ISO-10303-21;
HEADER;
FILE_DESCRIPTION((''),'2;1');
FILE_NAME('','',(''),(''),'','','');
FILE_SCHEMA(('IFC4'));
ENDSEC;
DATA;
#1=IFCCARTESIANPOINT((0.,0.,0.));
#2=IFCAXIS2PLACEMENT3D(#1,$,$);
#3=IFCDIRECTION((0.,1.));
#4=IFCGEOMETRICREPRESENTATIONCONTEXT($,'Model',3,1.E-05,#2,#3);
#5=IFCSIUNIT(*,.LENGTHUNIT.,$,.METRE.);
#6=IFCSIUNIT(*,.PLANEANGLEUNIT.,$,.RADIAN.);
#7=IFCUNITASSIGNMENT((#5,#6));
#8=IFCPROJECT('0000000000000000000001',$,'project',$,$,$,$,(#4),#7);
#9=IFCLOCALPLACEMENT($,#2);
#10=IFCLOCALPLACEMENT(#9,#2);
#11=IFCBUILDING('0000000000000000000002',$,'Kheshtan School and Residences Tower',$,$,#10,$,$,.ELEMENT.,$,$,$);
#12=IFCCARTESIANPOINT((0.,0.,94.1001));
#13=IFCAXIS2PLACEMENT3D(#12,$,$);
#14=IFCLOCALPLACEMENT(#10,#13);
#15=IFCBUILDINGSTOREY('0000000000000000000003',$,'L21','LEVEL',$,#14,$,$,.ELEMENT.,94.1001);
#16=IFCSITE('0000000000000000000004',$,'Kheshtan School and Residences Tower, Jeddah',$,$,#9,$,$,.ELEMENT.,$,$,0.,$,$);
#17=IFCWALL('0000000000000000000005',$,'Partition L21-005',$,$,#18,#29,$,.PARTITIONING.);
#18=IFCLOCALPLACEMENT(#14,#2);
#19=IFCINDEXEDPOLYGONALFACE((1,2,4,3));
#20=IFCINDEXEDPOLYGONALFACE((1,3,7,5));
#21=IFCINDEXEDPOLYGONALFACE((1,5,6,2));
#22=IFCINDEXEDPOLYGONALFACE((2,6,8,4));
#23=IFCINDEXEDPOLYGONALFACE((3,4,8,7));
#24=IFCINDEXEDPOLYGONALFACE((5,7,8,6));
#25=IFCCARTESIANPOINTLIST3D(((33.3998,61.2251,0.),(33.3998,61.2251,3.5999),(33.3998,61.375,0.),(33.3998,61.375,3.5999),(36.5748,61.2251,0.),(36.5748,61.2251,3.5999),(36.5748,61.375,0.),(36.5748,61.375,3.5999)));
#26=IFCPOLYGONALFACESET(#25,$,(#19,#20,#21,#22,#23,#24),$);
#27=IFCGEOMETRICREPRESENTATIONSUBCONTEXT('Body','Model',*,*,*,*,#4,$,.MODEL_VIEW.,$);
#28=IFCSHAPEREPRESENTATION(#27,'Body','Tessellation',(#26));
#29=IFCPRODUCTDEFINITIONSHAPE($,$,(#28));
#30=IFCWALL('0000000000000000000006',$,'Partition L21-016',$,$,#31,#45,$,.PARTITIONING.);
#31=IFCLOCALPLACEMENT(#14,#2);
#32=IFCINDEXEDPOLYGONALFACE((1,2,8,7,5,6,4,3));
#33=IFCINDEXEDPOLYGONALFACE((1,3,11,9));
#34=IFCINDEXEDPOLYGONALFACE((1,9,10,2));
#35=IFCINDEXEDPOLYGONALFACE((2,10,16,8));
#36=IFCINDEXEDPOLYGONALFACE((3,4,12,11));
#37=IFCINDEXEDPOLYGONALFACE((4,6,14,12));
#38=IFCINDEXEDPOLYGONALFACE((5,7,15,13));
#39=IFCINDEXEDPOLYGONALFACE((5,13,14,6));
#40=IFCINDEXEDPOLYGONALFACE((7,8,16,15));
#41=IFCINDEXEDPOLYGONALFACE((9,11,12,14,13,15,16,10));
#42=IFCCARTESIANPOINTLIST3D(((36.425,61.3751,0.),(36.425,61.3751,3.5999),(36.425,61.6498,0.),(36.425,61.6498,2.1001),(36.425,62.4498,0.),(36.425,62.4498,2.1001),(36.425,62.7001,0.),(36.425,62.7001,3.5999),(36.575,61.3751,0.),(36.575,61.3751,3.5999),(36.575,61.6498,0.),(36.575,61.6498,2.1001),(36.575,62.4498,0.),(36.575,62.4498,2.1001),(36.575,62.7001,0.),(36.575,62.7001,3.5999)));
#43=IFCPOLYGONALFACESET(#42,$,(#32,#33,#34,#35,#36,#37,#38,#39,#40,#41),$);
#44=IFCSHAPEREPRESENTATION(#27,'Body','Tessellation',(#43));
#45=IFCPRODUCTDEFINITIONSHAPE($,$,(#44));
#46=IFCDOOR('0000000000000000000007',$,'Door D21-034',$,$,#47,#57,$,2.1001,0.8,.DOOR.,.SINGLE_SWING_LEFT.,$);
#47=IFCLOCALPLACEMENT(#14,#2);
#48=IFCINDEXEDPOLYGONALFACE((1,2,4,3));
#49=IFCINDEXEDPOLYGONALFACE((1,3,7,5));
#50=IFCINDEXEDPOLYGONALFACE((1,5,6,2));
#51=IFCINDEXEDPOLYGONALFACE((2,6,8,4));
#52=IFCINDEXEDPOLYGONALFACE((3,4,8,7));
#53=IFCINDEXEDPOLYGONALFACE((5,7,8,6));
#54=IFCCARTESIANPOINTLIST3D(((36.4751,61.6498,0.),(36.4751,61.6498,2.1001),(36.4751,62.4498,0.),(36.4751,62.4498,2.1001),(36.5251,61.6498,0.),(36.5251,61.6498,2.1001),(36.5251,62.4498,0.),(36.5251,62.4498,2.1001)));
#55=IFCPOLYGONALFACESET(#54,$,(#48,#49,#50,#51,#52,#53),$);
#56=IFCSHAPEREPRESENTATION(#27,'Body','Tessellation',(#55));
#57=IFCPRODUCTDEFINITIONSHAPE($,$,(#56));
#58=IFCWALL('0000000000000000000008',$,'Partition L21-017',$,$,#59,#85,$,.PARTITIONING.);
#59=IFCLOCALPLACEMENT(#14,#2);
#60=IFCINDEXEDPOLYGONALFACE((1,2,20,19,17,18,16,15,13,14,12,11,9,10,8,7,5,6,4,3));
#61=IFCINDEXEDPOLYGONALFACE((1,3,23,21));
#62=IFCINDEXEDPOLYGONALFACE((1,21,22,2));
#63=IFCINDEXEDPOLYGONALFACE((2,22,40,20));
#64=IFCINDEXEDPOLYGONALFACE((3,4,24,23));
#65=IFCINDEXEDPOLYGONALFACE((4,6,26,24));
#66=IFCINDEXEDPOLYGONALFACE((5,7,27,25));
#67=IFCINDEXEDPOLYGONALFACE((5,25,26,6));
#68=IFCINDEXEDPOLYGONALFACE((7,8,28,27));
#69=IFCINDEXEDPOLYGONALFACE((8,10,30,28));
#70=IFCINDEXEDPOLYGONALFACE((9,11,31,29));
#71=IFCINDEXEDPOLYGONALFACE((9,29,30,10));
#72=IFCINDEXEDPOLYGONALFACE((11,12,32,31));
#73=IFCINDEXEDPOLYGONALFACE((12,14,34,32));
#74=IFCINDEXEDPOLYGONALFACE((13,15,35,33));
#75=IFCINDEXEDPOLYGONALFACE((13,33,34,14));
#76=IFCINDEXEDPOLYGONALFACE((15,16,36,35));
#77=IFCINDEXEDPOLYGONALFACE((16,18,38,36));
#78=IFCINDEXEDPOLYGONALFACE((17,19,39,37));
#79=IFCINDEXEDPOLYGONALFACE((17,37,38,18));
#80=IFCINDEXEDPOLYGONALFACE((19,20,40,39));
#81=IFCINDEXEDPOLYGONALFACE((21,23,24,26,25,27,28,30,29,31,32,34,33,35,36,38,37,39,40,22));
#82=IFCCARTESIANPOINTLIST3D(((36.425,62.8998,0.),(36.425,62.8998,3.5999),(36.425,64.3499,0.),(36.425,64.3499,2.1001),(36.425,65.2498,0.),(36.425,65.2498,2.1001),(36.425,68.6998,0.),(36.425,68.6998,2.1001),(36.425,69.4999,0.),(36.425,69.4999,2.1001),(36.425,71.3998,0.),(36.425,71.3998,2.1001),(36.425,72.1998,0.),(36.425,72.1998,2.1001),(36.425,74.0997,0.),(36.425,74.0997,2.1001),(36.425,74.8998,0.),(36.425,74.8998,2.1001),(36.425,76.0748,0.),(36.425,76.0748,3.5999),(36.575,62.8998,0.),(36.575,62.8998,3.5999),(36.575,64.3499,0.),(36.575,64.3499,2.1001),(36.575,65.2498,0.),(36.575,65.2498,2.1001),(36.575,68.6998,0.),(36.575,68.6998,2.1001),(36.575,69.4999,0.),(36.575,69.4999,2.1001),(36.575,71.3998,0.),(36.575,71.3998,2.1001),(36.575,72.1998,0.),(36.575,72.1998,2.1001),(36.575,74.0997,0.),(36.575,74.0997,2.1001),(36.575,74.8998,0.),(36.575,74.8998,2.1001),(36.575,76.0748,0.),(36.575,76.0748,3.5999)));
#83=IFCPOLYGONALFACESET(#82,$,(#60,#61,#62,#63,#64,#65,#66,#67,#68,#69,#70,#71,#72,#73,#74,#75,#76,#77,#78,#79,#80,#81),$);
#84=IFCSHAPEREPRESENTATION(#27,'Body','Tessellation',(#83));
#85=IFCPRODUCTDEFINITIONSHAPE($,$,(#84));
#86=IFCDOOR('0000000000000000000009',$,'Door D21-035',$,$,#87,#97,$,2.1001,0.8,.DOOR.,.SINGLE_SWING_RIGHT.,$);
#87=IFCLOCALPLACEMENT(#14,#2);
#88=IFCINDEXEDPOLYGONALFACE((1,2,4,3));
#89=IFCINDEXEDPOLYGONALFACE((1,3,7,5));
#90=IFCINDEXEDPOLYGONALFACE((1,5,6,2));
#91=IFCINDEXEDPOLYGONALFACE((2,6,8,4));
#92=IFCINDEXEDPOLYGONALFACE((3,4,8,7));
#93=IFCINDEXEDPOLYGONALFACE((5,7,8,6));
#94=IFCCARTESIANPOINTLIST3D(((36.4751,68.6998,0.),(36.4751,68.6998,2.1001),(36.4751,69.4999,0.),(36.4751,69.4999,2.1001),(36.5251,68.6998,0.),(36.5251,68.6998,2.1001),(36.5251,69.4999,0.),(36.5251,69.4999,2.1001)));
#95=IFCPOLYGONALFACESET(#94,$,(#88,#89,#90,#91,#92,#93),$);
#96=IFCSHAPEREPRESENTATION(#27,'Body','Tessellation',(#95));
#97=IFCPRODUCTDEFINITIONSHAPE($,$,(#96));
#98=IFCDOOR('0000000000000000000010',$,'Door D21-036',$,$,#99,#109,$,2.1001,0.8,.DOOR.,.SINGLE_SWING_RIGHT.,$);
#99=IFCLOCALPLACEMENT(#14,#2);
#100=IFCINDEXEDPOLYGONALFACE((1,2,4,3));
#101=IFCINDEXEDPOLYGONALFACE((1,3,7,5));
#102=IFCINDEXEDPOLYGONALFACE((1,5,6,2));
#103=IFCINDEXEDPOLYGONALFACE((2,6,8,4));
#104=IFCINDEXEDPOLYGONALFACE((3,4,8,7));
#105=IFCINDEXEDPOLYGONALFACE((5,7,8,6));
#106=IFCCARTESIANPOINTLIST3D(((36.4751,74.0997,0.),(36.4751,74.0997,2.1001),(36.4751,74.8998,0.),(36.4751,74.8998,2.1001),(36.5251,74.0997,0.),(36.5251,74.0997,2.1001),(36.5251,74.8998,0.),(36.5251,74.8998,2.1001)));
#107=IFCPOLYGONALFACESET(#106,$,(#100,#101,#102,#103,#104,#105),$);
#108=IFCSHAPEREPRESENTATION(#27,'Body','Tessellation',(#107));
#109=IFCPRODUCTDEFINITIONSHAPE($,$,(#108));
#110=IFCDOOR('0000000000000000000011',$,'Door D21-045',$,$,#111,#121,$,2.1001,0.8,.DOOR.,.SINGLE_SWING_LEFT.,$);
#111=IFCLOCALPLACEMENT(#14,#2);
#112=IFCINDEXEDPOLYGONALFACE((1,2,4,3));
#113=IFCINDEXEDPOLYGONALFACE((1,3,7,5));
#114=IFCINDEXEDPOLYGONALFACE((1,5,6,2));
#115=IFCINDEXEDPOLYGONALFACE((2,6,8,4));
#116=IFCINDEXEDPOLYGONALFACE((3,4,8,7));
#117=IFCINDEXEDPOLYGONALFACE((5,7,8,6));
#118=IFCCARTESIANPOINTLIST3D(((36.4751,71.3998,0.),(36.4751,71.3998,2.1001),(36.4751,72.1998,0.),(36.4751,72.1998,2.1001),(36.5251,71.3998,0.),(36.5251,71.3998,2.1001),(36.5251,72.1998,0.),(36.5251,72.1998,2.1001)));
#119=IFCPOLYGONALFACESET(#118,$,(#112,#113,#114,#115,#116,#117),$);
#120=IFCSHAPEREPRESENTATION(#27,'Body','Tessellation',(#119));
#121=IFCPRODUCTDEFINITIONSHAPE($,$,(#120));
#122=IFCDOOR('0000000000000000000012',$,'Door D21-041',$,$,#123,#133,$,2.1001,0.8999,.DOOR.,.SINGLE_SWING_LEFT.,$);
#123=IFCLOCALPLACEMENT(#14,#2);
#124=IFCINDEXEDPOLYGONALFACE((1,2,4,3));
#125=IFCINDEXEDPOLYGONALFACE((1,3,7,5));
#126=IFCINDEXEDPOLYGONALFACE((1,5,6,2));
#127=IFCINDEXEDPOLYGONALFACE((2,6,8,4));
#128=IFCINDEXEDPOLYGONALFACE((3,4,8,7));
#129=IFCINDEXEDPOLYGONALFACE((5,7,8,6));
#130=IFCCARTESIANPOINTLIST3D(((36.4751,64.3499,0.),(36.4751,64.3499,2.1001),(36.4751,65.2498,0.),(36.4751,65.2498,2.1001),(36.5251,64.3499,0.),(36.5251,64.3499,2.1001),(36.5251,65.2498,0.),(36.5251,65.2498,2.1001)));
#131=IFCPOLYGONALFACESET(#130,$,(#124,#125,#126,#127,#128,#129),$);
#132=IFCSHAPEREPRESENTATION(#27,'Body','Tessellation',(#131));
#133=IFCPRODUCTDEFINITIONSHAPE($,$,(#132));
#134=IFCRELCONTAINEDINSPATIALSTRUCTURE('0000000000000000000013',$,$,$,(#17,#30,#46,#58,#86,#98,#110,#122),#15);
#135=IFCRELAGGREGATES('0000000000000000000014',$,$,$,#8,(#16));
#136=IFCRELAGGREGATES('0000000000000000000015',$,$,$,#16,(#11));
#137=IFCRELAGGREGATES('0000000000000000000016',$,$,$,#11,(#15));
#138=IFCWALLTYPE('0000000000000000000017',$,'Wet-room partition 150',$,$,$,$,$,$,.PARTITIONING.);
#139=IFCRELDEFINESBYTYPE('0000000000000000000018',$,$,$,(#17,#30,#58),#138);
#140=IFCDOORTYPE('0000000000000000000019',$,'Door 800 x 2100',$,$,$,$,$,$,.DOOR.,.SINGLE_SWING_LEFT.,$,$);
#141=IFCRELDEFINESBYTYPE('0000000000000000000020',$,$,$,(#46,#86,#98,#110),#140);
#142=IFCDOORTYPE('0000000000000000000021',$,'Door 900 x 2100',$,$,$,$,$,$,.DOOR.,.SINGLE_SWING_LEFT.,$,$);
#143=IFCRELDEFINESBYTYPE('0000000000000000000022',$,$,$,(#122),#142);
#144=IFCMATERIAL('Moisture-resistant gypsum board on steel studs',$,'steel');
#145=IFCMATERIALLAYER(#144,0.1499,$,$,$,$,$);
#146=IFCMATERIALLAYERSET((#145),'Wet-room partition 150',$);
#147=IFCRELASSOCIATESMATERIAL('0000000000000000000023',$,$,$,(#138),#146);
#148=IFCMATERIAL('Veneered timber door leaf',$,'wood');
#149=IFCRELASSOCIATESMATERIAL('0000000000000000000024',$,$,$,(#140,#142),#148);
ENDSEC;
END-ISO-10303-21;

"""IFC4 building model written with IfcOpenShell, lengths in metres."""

from ifc_helpers import new_model, si_unit, direction, frame, frame_2d, origin, place, context, subcontext, project, spatial, rectangle, extrude, source, transform, mapped, material, layer, layer_set, type_object, element, fill, save


model = new_model("IFC4")

# Units and contexts
model_context = context("Model", 3, precision=1e-05, world=origin(), true_north=direction((0.0, 1.0)))
body_context = subcontext(model_context, "Body", "Model", "MODEL_VIEW")
ifc_project = project(units=[si_unit("LENGTHUNIT", "METRE"), si_unit("PLANEANGLEUNIT", "RADIAN")], contexts=[model_context])

# Site, building, storey
site_placement = place(None, origin())
site = spatial("IfcSite", under=ifc_project, at=site_placement, Name="Kheshtan School and Residences Tower, Jeddah", CompositionType="ELEMENT", RefElevation=0.0)
building_placement = place(site_placement, origin())
building = spatial("IfcBuilding", under=site, at=building_placement, Name="Kheshtan School and Residences Tower", CompositionType="ELEMENT")
storey_placement = place(building_placement, frame((0.0, 0.0, 94.1001)))
storey = spatial("IfcBuildingStorey", under=building, at=storey_placement, Name="L21", Description="LEVEL", CompositionType="ELEMENT", Elevation=94.1001)

# Wall
ifc_material_1 = material(Name="Moisture-resistant gypsum board on steel studs", Category="steel")
ifc_layer_1 = layer(ifc_material_1, 0.1499)
ifc_layer_set_1 = layer_set([ifc_layer_1], Name="Wet-room partition 150")
wall_type_1 = type_object("IfcWallType", Name="Wet-room partition 150", PredefinedType="PARTITIONING", material=ifc_layer_set_1)
wall_1_placement = place(storey_placement, frame((33.3999, 61.3, 0.0), z_axis=(0.0, 0.0, 1.0), x_axis=(1.0, 0.0, 0.0)))
element("IfcWall", 1, at=wall_1_placement, inside=storey, type_object=wall_type_1, Name="Partition L21-005", PredefinedType="PARTITIONING", context=body_context, shape_type="SweptSolid", body=[
    extrude(rectangle(XDim=3.175, YDim=0.1499, at=frame_2d((1.5874, 0.0))), origin(), (0.0, 0.0, 1.0), 3.5999),
])

# Wall, opening, door
wall_2_placement = place(storey_placement, frame((36.5, 61.375, 0.0), z_axis=(0.0, 0.0, 1.0), x_axis=(0.0, 1.0, 0.0)))
wall_2 = element("IfcWall", 2, at=wall_2_placement, inside=storey, type_object=wall_type_1, Name="Partition L21-016", PredefinedType="PARTITIONING", context=body_context, shape_type="SweptSolid", body=[
    extrude(rectangle(XDim=1.325, YDim=0.1499, at=frame_2d((0.6626, 0.0))), origin(), (0.0, 0.0, 1.0), 3.5999),
])
opening_1_placement = place(wall_2_placement, frame((0.2749, 0.0, 0.0)))
opening_1 = element("IfcOpeningElement", 3, at=opening_1_placement, cuts=wall_2, PredefinedType="OPENING", context=body_context, shape_type="SweptSolid", body=[
    extrude(rectangle(XDim=0.8, YDim=2.1001, at=frame_2d((0.3999, 1.05))), frame((0.0, 0.085, 0.0), z_axis=(0.0, -1.0, 0.0), x_axis=(1.0, 0.0, 0.0)), (0.0, 0.0, 1.0), 0.1699),
])
ifc_material_2 = material(Name="Veneered timber door leaf", Category="wood")
door_type_1 = type_object("IfcDoorType", Name="Door 800 x 2100", OperationType="SINGLE_SWING_LEFT", PredefinedType="DOOR", material=ifc_material_2)
shared_shape_1 = source(origin(), body_context, "Body", "SweptSolid", [
    extrude(rectangle(XDim=0.8, YDim=2.1001, at=frame_2d((0.3999, 1.05))), frame((0.0, 0.0249, 0.0), z_axis=(0.0, -1.0, 0.0), x_axis=(1.0, 0.0, 0.0)), (0.0, 0.0, 1.0), 0.05),
])
door_1_placement = place(opening_1_placement, origin())
door_1 = element("IfcDoor", 4, at=door_1_placement, inside=storey, type_object=door_type_1, Name="Door D21-034", OperationType="SINGLE_SWING_LEFT", OverallHeight=2.1001, OverallWidth=0.8, PredefinedType="DOOR", context=body_context, shape_type="MappedRepresentation", body=[
    mapped(shared_shape_1, transform((0.0, 0.0, 0.0), x_axis=(1.0, 0.0, 0.0), y_axis=(0.0, 1.0, 0.0), z_axis=(0.0, 0.0, 1.0), scale=1.0)),
])
fill(opening_1, door_1)

# Wall, openings, doors
wall_3_placement = place(storey_placement, frame((36.5, 62.8999, 0.0), z_axis=(0.0, 0.0, 1.0), x_axis=(0.0, 1.0, 0.0)))
wall_3 = element("IfcWall", 5, at=wall_3_placement, inside=storey, type_object=wall_type_1, Name="Partition L21-017", PredefinedType="PARTITIONING", context=body_context, shape_type="SweptSolid", body=[
    extrude(rectangle(XDim=13.175, YDim=0.1499, at=frame_2d((6.5874, 0.0))), origin(), (0.0, 0.0, 1.0), 3.5999),
])
opening_2_placement = place(wall_3_placement, frame((5.8, 0.0, 0.0)))
opening_2 = element("IfcOpeningElement", 6, at=opening_2_placement, cuts=wall_3, PredefinedType="OPENING", context=body_context, shape_type="SweptSolid", body=[
    extrude(rectangle(XDim=0.8, YDim=2.1001, at=frame_2d((0.3999, 1.05))), frame((0.0, 0.085, 0.0), z_axis=(0.0, -1.0, 0.0), x_axis=(1.0, 0.0, 0.0)), (0.0, 0.0, 1.0), 0.1699),
])
opening_3_placement = place(wall_3_placement, frame((11.2, 0.0, 0.0)))
opening_3 = element("IfcOpeningElement", 7, at=opening_3_placement, cuts=wall_3, PredefinedType="OPENING", context=body_context, shape_type="SweptSolid", body=[
    extrude(rectangle(XDim=0.8, YDim=2.1001, at=frame_2d((0.3999, 1.05))), frame((0.0, 0.085, 0.0), z_axis=(0.0, -1.0, 0.0), x_axis=(1.0, 0.0, 0.0)), (0.0, 0.0, 1.0), 0.1699),
])
opening_4_placement = place(wall_3_placement, frame((1.45, 0.0, 0.0)))
opening_4 = element("IfcOpeningElement", 8, at=opening_4_placement, cuts=wall_3, PredefinedType="OPENING", context=body_context, shape_type="SweptSolid", body=[
    extrude(rectangle(XDim=0.8999, YDim=2.1001, at=frame_2d((0.45, 1.05))), frame((0.0, 0.085, 0.0), z_axis=(0.0, -1.0, 0.0), x_axis=(1.0, 0.0, 0.0)), (0.0, 0.0, 1.0), 0.1699),
])
opening_5_placement = place(wall_3_placement, frame((8.5, 0.0, 0.0)))
opening_5 = element("IfcOpeningElement", 9, at=opening_5_placement, cuts=wall_3, PredefinedType="OPENING", context=body_context, shape_type="SweptSolid", body=[
    extrude(rectangle(XDim=0.8, YDim=2.1001, at=frame_2d((0.3999, 1.05))), frame((0.0, 0.085, 0.0), z_axis=(0.0, -1.0, 0.0), x_axis=(1.0, 0.0, 0.0)), (0.0, 0.0, 1.0), 0.1699),
])
door_2_placement = place(opening_2_placement, origin())
door_2 = element("IfcDoor", 10, at=door_2_placement, inside=storey, type_object=door_type_1, Name="Door D21-035", OperationType="SINGLE_SWING_RIGHT", OverallHeight=2.1001, OverallWidth=0.8, PredefinedType="DOOR", context=body_context, shape_type="MappedRepresentation", body=[
    mapped(shared_shape_1, transform((0.0, 0.0, 0.0), x_axis=(1.0, 0.0, 0.0), y_axis=(0.0, 1.0, 0.0), z_axis=(0.0, 0.0, 1.0), scale=1.0)),
])
fill(opening_2, door_2)
door_3_placement = place(opening_3_placement, origin())
door_3 = element("IfcDoor", 11, at=door_3_placement, inside=storey, type_object=door_type_1, Name="Door D21-036", OperationType="SINGLE_SWING_RIGHT", OverallHeight=2.1001, OverallWidth=0.8, PredefinedType="DOOR", context=body_context, shape_type="MappedRepresentation", body=[
    mapped(shared_shape_1, transform((0.0, 0.0, 0.0), x_axis=(1.0, 0.0, 0.0), y_axis=(0.0, 1.0, 0.0), z_axis=(0.0, 0.0, 1.0), scale=1.0)),
])
fill(opening_3, door_3)
door_4_placement = place(opening_5_placement, origin())
door_4 = element("IfcDoor", 12, at=door_4_placement, inside=storey, type_object=door_type_1, Name="Door D21-045", OperationType="SINGLE_SWING_LEFT", OverallHeight=2.1001, OverallWidth=0.8, PredefinedType="DOOR", context=body_context, shape_type="MappedRepresentation", body=[
    mapped(shared_shape_1, transform((0.0, 0.0, 0.0), x_axis=(1.0, 0.0, 0.0), y_axis=(0.0, 1.0, 0.0), z_axis=(0.0, 0.0, 1.0), scale=1.0)),
])
fill(opening_5, door_4)
door_type_2 = type_object("IfcDoorType", Name="Door 900 x 2100", OperationType="SINGLE_SWING_LEFT", PredefinedType="DOOR", material=ifc_material_2)
shared_shape_2 = source(origin(), body_context, "Body", "SweptSolid", [
    extrude(rectangle(XDim=0.8999, YDim=2.1001, at=frame_2d((0.45, 1.05))), frame((0.0, 0.0249, 0.0), z_axis=(0.0, -1.0, 0.0), x_axis=(1.0, 0.0, 0.0)), (0.0, 0.0, 1.0), 0.05),
])
door_5_placement = place(opening_4_placement, origin())
door_5 = element("IfcDoor", 13, at=door_5_placement, inside=storey, type_object=door_type_2, Name="Door D21-041", OperationType="SINGLE_SWING_LEFT", OverallHeight=2.1001, OverallWidth=0.8999, PredefinedType="DOOR", context=body_context, shape_type="MappedRepresentation", body=[
    mapped(shared_shape_2, transform((0.0, 0.0, 0.0), x_axis=(1.0, 0.0, 0.0), y_axis=(0.0, 1.0, 0.0), z_axis=(0.0, 0.0, 1.0), scale=1.0)),
])
fill(opening_4, door_5)

save(model, "model.ifc")
